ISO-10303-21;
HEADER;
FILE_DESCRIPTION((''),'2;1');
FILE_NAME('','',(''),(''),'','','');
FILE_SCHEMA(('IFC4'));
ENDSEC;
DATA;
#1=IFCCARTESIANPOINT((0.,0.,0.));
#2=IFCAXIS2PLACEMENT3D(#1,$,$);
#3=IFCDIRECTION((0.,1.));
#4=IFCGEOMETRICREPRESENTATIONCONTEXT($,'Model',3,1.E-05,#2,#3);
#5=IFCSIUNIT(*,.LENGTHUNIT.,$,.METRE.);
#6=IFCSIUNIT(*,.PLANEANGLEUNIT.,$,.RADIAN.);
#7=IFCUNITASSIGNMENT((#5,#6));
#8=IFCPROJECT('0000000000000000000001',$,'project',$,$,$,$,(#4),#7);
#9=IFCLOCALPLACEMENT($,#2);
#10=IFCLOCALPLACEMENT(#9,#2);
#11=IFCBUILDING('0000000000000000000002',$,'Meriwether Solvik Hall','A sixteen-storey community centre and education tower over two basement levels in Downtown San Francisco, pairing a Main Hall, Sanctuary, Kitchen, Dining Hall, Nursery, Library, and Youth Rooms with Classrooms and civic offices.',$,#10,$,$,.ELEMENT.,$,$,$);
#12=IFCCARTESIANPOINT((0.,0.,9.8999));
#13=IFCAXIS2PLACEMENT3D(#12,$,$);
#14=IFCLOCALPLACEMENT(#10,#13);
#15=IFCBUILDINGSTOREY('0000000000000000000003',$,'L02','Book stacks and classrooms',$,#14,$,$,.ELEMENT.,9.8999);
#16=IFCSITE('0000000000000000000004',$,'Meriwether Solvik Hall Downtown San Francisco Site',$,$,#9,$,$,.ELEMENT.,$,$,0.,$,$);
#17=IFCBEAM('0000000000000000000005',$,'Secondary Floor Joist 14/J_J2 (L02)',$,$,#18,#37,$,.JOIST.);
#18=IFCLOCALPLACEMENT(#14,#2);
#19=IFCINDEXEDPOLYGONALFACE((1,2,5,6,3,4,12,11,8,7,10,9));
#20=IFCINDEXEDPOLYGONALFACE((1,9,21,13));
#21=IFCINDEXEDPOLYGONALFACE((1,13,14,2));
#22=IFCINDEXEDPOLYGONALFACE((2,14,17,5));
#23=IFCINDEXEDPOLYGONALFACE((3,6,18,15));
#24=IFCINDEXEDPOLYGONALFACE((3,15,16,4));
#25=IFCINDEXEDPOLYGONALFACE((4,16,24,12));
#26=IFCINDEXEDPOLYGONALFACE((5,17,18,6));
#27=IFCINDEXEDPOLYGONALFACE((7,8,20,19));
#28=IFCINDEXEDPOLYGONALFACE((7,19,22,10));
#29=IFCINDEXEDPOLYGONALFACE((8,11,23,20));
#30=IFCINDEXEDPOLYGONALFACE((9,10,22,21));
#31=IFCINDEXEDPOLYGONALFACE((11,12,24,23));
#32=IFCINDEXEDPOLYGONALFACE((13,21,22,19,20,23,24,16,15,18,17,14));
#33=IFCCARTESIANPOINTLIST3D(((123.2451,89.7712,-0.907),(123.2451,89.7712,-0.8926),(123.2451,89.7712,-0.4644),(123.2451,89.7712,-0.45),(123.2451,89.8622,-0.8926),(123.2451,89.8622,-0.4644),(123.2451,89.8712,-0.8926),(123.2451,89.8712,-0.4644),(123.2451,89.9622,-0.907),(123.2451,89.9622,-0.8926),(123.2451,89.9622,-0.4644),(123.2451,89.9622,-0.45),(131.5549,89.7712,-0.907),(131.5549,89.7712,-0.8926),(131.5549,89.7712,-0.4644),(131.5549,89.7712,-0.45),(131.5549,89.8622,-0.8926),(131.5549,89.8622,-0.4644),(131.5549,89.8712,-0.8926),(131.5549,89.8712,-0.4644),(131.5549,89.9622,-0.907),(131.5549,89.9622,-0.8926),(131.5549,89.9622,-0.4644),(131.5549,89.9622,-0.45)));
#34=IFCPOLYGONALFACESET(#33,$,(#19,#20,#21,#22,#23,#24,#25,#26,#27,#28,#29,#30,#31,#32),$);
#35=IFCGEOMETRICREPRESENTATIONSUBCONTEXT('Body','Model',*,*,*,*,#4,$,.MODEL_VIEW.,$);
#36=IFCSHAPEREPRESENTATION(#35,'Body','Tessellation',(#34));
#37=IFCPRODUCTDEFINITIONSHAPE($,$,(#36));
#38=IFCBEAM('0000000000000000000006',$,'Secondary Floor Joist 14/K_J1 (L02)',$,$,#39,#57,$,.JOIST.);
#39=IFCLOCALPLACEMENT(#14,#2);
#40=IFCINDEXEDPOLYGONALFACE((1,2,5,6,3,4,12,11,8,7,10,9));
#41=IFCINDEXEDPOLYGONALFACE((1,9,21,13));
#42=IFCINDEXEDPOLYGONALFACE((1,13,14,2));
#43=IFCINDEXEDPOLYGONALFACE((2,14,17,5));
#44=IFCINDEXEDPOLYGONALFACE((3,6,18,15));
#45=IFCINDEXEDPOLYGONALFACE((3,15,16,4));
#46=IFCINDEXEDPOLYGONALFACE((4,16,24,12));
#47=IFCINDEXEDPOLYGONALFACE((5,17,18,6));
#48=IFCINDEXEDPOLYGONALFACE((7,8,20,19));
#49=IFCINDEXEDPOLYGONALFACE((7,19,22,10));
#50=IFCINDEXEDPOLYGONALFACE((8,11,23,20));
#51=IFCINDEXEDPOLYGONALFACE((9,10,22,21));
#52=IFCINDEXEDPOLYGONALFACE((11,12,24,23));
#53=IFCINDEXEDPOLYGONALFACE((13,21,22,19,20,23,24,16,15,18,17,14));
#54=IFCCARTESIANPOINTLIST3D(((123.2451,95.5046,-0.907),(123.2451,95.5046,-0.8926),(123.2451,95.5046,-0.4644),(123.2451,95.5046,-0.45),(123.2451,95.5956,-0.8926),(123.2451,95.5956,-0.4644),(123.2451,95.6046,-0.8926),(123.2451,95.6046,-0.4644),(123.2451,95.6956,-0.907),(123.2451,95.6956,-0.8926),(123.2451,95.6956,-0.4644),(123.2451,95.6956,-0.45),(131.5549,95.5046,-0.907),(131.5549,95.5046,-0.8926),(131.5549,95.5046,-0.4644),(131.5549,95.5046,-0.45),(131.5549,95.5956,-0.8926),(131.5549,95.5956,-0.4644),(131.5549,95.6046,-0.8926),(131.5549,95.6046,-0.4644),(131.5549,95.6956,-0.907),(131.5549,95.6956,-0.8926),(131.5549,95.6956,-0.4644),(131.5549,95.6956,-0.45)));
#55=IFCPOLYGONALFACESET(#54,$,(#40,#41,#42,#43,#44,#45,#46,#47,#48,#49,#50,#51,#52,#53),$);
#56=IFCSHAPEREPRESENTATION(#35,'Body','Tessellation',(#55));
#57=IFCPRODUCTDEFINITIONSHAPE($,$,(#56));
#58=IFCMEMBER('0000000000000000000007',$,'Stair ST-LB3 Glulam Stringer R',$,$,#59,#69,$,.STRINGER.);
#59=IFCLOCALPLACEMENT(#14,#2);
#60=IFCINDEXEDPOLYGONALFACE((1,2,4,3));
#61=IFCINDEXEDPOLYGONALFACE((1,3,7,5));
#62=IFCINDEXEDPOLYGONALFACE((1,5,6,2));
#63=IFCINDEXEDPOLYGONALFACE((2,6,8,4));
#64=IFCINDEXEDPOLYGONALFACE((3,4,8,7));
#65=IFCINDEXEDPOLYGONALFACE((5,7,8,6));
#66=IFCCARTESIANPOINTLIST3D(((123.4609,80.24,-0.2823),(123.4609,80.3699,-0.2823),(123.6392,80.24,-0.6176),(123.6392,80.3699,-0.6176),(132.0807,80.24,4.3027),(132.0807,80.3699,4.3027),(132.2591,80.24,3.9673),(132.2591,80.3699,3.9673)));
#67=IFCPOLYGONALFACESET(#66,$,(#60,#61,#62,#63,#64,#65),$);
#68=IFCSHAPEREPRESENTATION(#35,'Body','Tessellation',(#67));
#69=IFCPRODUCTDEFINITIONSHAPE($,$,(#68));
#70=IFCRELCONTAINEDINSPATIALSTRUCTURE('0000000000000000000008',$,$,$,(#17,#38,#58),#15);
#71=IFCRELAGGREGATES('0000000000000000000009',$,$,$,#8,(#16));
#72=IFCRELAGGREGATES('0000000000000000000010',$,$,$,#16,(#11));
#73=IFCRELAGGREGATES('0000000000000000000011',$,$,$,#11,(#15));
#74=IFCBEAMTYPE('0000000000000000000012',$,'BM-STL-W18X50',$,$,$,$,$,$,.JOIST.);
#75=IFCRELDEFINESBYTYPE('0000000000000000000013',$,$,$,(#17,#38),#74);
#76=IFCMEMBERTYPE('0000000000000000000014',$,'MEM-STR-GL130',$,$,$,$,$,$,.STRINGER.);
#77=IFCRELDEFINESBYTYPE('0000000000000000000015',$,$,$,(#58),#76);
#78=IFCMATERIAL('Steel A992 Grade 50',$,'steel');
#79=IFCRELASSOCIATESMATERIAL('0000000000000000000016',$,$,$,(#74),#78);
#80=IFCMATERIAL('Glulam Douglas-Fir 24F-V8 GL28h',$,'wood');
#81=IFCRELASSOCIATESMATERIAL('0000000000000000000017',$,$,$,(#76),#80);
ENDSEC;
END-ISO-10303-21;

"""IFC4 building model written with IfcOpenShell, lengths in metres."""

from ifc_helpers import new_model, si_unit, direction, frame, origin, origin_2d, place, context, subcontext, project, spatial, rectangle, i_section, extrude, material, material_profile, profile_set, type_object, element, save


model = new_model("IFC4")

# Units and contexts
model_context = context("Model", 3, precision=1e-05, world=origin(), true_north=direction((0.0, 1.0)))
body_context = subcontext(model_context, "Body", "Model", "MODEL_VIEW")
ifc_project = project(units=[si_unit("LENGTHUNIT", "METRE"), si_unit("PLANEANGLEUNIT", "RADIAN")], contexts=[model_context])

# Site, building, storey
site_placement = place(None, origin())
site = spatial("IfcSite", under=ifc_project, at=site_placement, Name="Meriwether Solvik Hall Downtown San Francisco Site", CompositionType="ELEMENT", RefElevation=0.0)
building_placement = place(site_placement, origin())
building = spatial("IfcBuilding", under=site, at=building_placement, Name="Meriwether Solvik Hall", Description="A sixteen-storey community centre and education tower over two basement levels in Downtown San Francisco, pairing a Main Hall, Sanctuary, Kitchen, Dining Hall, Nursery, Library, and Youth Rooms with Classrooms and civic offices.", CompositionType="ELEMENT")
storey_placement = place(building_placement, frame((0.0, 0.0, 9.8999)))
storey = spatial("IfcBuildingStorey", under=building, at=storey_placement, Name="L02", Description="Book stacks and classrooms", CompositionType="ELEMENT", Elevation=9.8999)

# Beams
ifc_material_1 = material(Name="Steel A992 Grade 50", Category="steel")
ifc_material_profile_1 = material_profile(ifc_material_1, i_section(OverallWidth=0.1909, OverallDepth=0.457, WebThickness=0.009, FlangeThickness=0.0144, at=origin_2d()), Name="W18X50")
ifc_profile_set_1 = profile_set([ifc_material_profile_1], Name="Steel A992 Grade 50")
beam_type_1 = type_object("IfcBeamType", Name="BM-STL-W18X50", PredefinedType="JOIST", material=ifc_profile_set_1)
for number, where, z_axis, x_axis, name in (
    (1, (123.2451, 89.8667, -0.6785), (1.0, 0.0, 0.0), (0.0, 1.0, 0.0), "Secondary Floor Joist 14/J_J2 (L02)"),
    (2, (123.2451, 95.6001, -0.6785), (1.0, 0.0, 0.0), (0.0, 1.0, 0.0), "Secondary Floor Joist 14/K_J1 (L02)"),
):
    element("IfcBeam", number, at=place(storey_placement, frame(where, z_axis=z_axis, x_axis=x_axis)), inside=storey, type_object=beam_type_1, Name=name, PredefinedType="JOIST", context=body_context, shape_type="SweptSolid", body=[
        extrude(i_section(OverallWidth=0.1909, OverallDepth=0.457, WebThickness=0.009, FlangeThickness=0.0144, at=origin_2d()), origin(), (0.0, 0.0, 1.0), 8.3098),
    ])

# Member
ifc_material_2 = material(Name="Glulam Douglas-Fir 24F-V8 GL28h", Category="wood")
ifc_material_profile_2 = material_profile(ifc_material_2, rectangle(XDim=0.1299, YDim=0.3799, at=origin_2d()), Name="GLM-130X380")
ifc_profile_set_2 = profile_set([ifc_material_profile_2], Name="Glulam Douglas-Fir 24F-V8 GL28h")
member_type = type_object("IfcMemberType", Name="MEM-STR-GL130", PredefinedType="STRINGER", material=ifc_profile_set_2)
member_placement = place(storey_placement, frame((123.55, 80.3049, -0.45), z_axis=(0.882876, 0.0, 0.469607), x_axis=(0.0, 1.0, 0.0)))
element("IfcMember", 3, at=member_placement, inside=storey, type_object=member_type, Name="Stair ST-LB3 Glulam Stringer R", PredefinedType="STRINGER", context=body_context, shape_type="SweptSolid", body=[
    extrude(rectangle(XDim=0.1299, YDim=0.3799, at=origin_2d()), origin(), (0.0, 0.0, 1.0), 9.7634),
])

save(model, "model.ifc")
